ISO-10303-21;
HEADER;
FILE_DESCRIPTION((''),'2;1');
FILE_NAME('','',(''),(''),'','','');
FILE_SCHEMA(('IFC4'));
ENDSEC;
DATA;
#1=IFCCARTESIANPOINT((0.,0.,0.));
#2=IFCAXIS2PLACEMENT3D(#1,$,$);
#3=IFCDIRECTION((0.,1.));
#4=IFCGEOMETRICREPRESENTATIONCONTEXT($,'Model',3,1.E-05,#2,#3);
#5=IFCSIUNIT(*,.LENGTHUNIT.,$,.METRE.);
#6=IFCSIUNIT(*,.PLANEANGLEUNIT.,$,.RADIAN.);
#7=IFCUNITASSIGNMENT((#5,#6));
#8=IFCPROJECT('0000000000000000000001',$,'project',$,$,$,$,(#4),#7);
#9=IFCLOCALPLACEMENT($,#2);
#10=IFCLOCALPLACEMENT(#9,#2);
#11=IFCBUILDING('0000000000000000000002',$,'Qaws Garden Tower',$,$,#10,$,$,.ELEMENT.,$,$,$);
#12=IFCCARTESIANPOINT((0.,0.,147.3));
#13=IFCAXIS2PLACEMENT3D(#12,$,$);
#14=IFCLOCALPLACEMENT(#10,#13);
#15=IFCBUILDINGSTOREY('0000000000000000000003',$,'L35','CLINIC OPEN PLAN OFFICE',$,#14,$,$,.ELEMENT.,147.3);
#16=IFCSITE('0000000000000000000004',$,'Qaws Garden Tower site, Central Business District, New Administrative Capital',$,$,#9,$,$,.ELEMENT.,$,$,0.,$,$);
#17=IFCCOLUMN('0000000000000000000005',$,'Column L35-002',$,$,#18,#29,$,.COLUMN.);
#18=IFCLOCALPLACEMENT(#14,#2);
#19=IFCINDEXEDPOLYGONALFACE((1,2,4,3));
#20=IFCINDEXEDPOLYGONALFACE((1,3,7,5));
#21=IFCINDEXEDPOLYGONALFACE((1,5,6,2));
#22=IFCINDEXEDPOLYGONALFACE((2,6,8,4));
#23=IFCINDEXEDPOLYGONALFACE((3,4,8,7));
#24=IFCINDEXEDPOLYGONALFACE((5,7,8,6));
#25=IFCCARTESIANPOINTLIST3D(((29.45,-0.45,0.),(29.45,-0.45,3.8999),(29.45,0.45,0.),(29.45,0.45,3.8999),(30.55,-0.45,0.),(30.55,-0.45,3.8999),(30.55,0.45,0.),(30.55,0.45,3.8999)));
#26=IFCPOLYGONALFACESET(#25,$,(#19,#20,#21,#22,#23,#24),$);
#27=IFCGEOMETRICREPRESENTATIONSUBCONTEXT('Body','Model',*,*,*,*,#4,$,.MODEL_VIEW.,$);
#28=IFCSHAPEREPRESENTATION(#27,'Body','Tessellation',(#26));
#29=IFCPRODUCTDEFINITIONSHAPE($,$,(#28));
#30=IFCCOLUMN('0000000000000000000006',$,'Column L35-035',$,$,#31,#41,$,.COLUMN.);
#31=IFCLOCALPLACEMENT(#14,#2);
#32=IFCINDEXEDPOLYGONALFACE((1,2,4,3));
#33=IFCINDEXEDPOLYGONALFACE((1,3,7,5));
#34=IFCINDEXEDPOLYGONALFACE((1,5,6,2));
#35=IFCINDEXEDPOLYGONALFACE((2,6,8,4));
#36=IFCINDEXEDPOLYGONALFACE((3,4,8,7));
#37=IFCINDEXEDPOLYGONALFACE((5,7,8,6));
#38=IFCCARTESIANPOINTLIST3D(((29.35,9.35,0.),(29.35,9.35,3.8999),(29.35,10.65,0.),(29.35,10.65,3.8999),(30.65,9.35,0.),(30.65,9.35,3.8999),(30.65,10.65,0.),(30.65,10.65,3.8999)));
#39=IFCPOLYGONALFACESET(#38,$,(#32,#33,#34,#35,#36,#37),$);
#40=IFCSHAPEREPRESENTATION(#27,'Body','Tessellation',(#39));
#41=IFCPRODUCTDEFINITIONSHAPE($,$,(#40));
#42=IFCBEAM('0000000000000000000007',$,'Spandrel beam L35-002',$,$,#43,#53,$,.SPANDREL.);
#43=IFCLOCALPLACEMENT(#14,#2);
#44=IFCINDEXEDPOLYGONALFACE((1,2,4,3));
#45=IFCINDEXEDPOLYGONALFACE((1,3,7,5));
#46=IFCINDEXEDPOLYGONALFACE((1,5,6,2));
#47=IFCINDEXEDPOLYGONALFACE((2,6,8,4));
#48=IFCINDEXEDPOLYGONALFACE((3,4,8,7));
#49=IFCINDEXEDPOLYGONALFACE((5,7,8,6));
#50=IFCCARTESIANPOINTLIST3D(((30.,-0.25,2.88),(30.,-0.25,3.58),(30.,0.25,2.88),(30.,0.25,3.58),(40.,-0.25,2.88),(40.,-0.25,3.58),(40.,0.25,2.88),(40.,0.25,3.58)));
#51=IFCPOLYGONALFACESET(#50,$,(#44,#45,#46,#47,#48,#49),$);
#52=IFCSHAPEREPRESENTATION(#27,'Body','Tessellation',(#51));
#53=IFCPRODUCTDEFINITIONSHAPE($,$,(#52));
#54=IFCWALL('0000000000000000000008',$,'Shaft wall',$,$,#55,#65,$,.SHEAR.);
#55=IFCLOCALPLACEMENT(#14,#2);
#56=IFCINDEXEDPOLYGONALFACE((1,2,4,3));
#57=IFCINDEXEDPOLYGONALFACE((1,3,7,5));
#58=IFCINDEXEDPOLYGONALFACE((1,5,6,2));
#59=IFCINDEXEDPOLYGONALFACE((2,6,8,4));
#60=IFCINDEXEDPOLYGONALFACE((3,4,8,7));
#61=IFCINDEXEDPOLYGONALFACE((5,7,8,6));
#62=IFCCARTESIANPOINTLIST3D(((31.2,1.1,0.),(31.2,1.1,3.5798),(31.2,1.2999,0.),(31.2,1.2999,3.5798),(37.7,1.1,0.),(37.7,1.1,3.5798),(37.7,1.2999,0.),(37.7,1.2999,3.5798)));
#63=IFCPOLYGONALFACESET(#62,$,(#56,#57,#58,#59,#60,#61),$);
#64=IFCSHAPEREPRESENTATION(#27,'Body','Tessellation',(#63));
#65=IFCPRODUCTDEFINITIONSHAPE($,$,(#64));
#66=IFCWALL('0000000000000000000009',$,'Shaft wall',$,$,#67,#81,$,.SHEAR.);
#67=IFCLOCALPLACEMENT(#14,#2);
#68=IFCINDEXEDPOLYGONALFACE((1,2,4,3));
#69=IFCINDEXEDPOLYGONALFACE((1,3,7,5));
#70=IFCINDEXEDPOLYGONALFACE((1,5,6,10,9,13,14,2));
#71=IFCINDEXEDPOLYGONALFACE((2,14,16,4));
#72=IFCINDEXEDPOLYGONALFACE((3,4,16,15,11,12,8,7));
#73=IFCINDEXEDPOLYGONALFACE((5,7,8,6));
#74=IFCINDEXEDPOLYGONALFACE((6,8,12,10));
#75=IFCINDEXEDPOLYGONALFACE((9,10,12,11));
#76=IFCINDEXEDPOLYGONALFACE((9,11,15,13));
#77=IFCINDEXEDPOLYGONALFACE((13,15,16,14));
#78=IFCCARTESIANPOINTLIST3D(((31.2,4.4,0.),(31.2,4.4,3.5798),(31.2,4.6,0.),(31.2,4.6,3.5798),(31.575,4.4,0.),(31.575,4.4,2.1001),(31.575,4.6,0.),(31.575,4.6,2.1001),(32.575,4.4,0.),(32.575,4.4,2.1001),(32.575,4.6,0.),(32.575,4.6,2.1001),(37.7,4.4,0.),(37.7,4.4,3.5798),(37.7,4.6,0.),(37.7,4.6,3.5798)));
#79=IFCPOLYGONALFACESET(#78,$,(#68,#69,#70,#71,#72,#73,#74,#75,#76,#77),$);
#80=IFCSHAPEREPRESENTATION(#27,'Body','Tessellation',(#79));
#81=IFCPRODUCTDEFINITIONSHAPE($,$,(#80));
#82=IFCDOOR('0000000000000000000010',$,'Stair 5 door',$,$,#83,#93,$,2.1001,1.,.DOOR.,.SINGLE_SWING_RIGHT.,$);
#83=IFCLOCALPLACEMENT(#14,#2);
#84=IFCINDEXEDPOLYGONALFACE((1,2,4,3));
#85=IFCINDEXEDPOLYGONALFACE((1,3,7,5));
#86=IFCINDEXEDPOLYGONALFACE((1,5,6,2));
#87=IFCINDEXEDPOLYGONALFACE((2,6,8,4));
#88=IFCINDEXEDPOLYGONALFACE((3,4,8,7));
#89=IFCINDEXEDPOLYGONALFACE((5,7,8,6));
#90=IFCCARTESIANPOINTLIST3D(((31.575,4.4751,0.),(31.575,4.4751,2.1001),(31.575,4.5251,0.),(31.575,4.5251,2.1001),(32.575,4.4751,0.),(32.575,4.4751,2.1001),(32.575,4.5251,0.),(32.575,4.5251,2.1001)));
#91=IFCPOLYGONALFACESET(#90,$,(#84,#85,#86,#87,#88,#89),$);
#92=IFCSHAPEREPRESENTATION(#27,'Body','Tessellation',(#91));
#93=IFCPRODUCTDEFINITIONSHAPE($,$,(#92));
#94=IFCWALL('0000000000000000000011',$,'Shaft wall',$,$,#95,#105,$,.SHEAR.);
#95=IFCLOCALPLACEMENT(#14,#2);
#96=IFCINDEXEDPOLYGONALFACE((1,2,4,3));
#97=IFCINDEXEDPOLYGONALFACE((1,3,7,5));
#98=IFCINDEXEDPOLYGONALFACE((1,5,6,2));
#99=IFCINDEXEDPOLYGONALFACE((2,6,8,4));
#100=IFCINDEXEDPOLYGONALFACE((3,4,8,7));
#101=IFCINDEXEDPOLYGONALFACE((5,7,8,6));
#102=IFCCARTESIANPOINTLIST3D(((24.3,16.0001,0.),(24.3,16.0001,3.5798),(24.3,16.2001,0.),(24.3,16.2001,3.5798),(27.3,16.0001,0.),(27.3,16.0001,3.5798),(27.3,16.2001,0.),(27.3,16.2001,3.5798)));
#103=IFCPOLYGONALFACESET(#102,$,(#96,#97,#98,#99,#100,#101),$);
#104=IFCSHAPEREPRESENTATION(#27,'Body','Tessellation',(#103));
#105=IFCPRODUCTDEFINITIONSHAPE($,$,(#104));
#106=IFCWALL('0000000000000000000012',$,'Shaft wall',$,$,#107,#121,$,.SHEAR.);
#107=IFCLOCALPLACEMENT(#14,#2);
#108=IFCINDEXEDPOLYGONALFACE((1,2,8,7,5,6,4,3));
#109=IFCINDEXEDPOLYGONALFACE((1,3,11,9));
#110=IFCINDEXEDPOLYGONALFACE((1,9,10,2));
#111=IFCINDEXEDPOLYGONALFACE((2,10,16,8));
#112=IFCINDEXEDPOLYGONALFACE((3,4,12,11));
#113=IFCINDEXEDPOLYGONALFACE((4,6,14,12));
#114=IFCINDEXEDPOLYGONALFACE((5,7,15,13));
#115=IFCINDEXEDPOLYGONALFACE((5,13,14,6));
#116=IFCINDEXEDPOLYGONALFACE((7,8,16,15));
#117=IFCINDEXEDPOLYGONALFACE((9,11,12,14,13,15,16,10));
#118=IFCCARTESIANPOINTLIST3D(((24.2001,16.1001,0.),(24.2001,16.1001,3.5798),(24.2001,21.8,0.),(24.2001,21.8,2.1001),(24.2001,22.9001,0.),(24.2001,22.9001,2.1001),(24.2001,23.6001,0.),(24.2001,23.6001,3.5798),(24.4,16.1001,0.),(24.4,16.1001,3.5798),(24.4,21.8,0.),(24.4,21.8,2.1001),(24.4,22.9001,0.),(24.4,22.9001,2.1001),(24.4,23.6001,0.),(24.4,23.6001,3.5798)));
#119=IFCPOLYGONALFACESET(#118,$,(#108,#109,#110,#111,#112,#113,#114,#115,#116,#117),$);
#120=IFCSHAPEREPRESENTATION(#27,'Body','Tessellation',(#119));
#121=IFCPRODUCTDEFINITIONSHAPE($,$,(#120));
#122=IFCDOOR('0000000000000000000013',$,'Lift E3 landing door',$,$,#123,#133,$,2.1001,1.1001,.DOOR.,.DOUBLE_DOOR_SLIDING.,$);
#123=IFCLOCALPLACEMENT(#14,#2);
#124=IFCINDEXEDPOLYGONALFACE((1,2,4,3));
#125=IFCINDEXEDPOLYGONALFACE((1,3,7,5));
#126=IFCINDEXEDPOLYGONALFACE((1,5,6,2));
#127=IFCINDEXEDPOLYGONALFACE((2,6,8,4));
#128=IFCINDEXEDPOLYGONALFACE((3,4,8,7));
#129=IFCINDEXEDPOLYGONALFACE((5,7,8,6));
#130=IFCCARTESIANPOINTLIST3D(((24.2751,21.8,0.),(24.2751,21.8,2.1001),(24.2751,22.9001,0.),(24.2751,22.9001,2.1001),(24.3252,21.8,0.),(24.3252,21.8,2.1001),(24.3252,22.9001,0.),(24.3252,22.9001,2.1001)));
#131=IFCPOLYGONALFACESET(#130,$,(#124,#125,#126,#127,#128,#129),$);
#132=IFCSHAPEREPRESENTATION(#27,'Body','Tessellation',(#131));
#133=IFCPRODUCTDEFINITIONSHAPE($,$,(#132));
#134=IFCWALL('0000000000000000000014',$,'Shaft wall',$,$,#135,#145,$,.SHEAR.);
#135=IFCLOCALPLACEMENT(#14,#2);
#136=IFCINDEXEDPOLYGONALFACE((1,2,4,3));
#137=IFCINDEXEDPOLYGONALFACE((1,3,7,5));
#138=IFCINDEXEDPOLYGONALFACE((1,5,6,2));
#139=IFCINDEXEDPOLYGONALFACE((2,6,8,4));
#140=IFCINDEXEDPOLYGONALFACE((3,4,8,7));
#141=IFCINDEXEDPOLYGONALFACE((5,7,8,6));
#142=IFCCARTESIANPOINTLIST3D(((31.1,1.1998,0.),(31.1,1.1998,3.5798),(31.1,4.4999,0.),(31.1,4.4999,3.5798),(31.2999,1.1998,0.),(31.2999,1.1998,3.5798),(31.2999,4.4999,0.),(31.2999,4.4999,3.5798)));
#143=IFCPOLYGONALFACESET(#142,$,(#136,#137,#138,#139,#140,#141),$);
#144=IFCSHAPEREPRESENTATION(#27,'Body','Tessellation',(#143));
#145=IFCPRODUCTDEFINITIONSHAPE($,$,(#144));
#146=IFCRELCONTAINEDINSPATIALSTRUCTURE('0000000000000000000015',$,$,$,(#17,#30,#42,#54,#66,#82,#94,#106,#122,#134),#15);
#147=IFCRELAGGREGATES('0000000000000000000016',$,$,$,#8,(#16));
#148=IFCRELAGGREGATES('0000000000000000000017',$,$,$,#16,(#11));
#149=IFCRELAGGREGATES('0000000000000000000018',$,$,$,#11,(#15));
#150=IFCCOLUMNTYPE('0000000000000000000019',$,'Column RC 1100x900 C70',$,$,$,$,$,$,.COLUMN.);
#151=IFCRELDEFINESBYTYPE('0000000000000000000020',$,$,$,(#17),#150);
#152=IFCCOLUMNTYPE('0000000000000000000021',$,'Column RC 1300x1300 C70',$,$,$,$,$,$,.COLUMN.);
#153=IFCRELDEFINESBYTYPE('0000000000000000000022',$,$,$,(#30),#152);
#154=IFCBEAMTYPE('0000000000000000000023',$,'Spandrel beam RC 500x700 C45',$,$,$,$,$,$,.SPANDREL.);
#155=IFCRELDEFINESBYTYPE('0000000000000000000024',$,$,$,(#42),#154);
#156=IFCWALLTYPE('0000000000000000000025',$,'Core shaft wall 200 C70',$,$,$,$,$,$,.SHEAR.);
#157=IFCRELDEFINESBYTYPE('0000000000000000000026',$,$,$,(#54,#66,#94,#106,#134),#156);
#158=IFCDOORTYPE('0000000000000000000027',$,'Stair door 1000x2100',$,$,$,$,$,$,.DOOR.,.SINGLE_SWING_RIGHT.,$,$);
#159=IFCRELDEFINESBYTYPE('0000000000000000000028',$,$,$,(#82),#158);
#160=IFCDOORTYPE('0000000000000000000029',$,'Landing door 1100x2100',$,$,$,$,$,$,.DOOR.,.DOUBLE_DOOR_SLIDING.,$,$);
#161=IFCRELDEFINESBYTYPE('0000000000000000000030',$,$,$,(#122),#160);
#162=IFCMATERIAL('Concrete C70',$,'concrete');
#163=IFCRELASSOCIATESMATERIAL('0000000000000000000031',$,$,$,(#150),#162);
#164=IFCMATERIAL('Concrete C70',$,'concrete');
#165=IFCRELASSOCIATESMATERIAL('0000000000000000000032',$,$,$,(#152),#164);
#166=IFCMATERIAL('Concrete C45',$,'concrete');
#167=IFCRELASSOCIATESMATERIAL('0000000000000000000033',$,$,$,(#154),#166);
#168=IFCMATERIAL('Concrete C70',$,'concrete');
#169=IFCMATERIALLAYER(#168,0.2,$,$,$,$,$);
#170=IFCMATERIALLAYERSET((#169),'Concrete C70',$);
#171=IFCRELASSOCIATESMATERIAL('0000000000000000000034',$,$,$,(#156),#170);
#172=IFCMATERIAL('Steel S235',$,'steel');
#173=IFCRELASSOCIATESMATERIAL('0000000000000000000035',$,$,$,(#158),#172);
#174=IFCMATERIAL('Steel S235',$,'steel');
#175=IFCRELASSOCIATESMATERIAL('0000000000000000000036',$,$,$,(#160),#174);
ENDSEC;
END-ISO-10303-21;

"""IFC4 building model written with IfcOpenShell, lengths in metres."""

from ifc_helpers import new_model, si_unit, direction, frame, frame_2d, origin, origin_2d, place, context, subcontext, project, spatial, rectangle, extrude, material, layer, layer_set, material_profile, profile_set, type_object, element, fill, save


model = new_model("IFC4")

# Units and contexts
model_context = context("Model", 3, precision=1e-05, world=origin(), true_north=direction((0.0, 1.0)))
body_context = subcontext(model_context, "Body", "Model", "MODEL_VIEW")
ifc_project = project(units=[si_unit("LENGTHUNIT", "METRE"), si_unit("PLANEANGLEUNIT", "RADIAN")], contexts=[model_context])

# Site, building, storey
site_placement = place(None, origin())
site = spatial("IfcSite", under=ifc_project, at=site_placement, Name="Qaws Garden Tower site, Central Business District, New Administrative Capital", CompositionType="ELEMENT", RefElevation=0.0)
building_placement = place(site_placement, origin())
building = spatial("IfcBuilding", under=site, at=building_placement, Name="Qaws Garden Tower", CompositionType="ELEMENT")
storey_placement = place(building_placement, frame((0.0, 0.0, 147.3)))
storey = spatial("IfcBuildingStorey", under=building, at=storey_placement, Name="L35", Description="CLINIC OPEN PLAN OFFICE", CompositionType="ELEMENT", Elevation=147.3)

# Columns
ifc_material_1 = material(Name="Concrete C70", Category="concrete")
ifc_material_profile_1 = material_profile(ifc_material_1, rectangle(XDim=1.1001, YDim=0.8999, at=origin_2d()), Name="RC 1100x900")
ifc_profile_set_1 = profile_set([ifc_material_profile_1], Name="Concrete C70")
column_type_1 = type_object("IfcColumnType", Name="Column RC 1100x900 C70", PredefinedType="COLUMN", material=ifc_profile_set_1)
column_1_placement = place(storey_placement, frame((30.0, 0.0, 0.0), z_axis=(0.0, 0.0, 1.0), x_axis=(1.0, 0.0, 0.0)))
element("IfcColumn", 1, at=column_1_placement, inside=storey, type_object=column_type_1, Name="Column L35-002", PredefinedType="COLUMN", context=body_context, shape_type="SweptSolid", body=[
    extrude(rectangle(XDim=1.1001, YDim=0.8999, at=origin_2d()), origin(), (0.0, 0.0, 1.0), 3.8999),
])
ifc_material_2 = material(Name="Concrete C70", Category="concrete")
ifc_material_profile_2 = material_profile(ifc_material_2, rectangle(XDim=1.3, YDim=1.3, at=origin_2d()), Name="RC 1300x1300")
ifc_profile_set_2 = profile_set([ifc_material_profile_2], Name="Concrete C70")
column_type_2 = type_object("IfcColumnType", Name="Column RC 1300x1300 C70", PredefinedType="COLUMN", material=ifc_profile_set_2)
column_2_placement = place(storey_placement, frame((30.0, 10.0, 0.0), z_axis=(0.0, 0.0, 1.0), x_axis=(1.0, 0.0, 0.0)))
element("IfcColumn", 2, at=column_2_placement, inside=storey, type_object=column_type_2, Name="Column L35-035", PredefinedType="COLUMN", context=body_context, shape_type="SweptSolid", body=[
    extrude(rectangle(XDim=1.3, YDim=1.3, at=origin_2d()), origin(), (0.0, 0.0, 1.0), 3.8999),
])

# Beam
ifc_material_3 = material(Name="Concrete C45", Category="concrete")
ifc_material_profile_3 = material_profile(ifc_material_3, rectangle(XDim=0.5, YDim=0.7, at=origin_2d()), Name="RC 500x700")
ifc_profile_set_3 = profile_set([ifc_material_profile_3], Name="Concrete C45")
beam_type = type_object("IfcBeamType", Name="Spandrel beam RC 500x700 C45", PredefinedType="SPANDREL", material=ifc_profile_set_3)
beam_placement = place(storey_placement, frame((30.0, 0.0, 3.23), z_axis=(1.0, 0.0, 0.0), x_axis=(0.0, 1.0, 0.0)))
element("IfcBeam", 3, at=beam_placement, inside=storey, type_object=beam_type, Name="Spandrel beam L35-002", PredefinedType="SPANDREL", context=body_context, shape_type="SweptSolid", body=[
    extrude(rectangle(XDim=0.5, YDim=0.7, at=origin_2d()), origin(), (0.0, 0.0, 1.0), 10.0),
])

# Wall
ifc_material_4 = material(Name="Concrete C70", Category="concrete")
ifc_layer_1 = layer(ifc_material_4, 0.2)
ifc_layer_set_1 = layer_set([ifc_layer_1], Name="Concrete C70")
wall_type_1 = type_object("IfcWallType", Name="Core shaft wall 200 C70", PredefinedType="SHEAR", material=ifc_layer_set_1)
wall_1_placement = place(storey_placement, frame((31.2, 1.2, 0.0), z_axis=(0.0, 0.0, 1.0), x_axis=(1.0, 0.0, 0.0)))
element("IfcWall", 4, at=wall_1_placement, inside=storey, type_object=wall_type_1, Name="Shaft wall", PredefinedType="SHEAR", context=body_context, shape_type="SweptSolid", body=[
    extrude(rectangle(XDim=6.5, YDim=0.2, at=frame_2d((3.25, 0.0))), origin(), (0.0, 0.0, 1.0), 3.5798),
])

# Wall, opening, door
wall_2_placement = place(storey_placement, frame((31.2, 4.5, 0.0), z_axis=(0.0, 0.0, 1.0), x_axis=(1.0, 0.0, 0.0)))
wall_2 = element("IfcWall", 5, at=wall_2_placement, inside=storey, type_object=wall_type_1, Name="Shaft wall", PredefinedType="SHEAR", context=body_context, shape_type="SweptSolid", body=[
    extrude(rectangle(XDim=6.5, YDim=0.2, at=frame_2d((3.25, 0.0))), origin(), (0.0, 0.0, 1.0), 3.5798),
])
opening_1_placement = place(wall_2_placement, frame((0.375, 0.0, 0.0)))
opening_1 = element("IfcOpeningElement", 6, at=opening_1_placement, cuts=wall_2, PredefinedType="OPENING", context=body_context, shape_type="SweptSolid", body=[
    extrude(rectangle(XDim=1.0, YDim=2.1001, at=frame_2d((0.5, 1.05))), frame((0.0, 0.1099, 0.0), z_axis=(0.0, -1.0, 0.0), x_axis=(1.0, 0.0, 0.0)), (0.0, 0.0, 1.0), 0.22),
])
ifc_material_5 = material(Name="Steel S235", Category="steel")
door_type_1 = type_object("IfcDoorType", Name="Stair door 1000x2100", OperationType="SINGLE_SWING_RIGHT", PredefinedType="DOOR", material=ifc_material_5)
door_1_placement = place(opening_1_placement, frame((1.0, 0.0, 0.0), z_axis=(0.0, 0.0, 1.0), x_axis=(-1.0, 0.0, 0.0)))
door_1 = element("IfcDoor", 7, at=door_1_placement, inside=storey, type_object=door_type_1, Name="Stair 5 door", OperationType="SINGLE_SWING_RIGHT", OverallHeight=2.1001, OverallWidth=1.0, PredefinedType="DOOR", context=body_context, shape_type="SweptSolid", body=[
    extrude(rectangle(XDim=1.0, YDim=2.1001, at=frame_2d((0.5, 1.05))), frame((0.0, 0.0249, 0.0), z_axis=(0.0, -1.0, 0.0), x_axis=(1.0, 0.0, 0.0)), (0.0, 0.0, 1.0), 0.05),
])
fill(opening_1, door_1)

# Wall
wall_3_placement = place(storey_placement, frame((24.3, 16.1001, 0.0), z_axis=(0.0, 0.0, 1.0), x_axis=(1.0, 0.0, 0.0)))
element("IfcWall", 8, at=wall_3_placement, inside=storey, type_object=wall_type_1, Name="Shaft wall", PredefinedType="SHEAR", context=body_context, shape_type="SweptSolid", body=[
    extrude(rectangle(XDim=3.0, YDim=0.2, at=frame_2d((1.5, 0.0))), origin(), (0.0, 0.0, 1.0), 3.5798),
])

# Wall, opening, door
wall_4_placement = place(storey_placement, frame((24.3, 16.1001, 0.0), z_axis=(0.0, 0.0, 1.0), x_axis=(0.0, 1.0, 0.0)))
wall_4 = element("IfcWall", 9, at=wall_4_placement, inside=storey, type_object=wall_type_1, Name="Shaft wall", PredefinedType="SHEAR", context=body_context, shape_type="SweptSolid", body=[
    extrude(rectangle(XDim=7.5, YDim=0.2, at=frame_2d((3.75, 0.0))), origin(), (0.0, 0.0, 1.0), 3.5798),
])
opening_2_placement = place(wall_4_placement, frame((5.7, 0.0, 0.0)))
opening_2 = element("IfcOpeningElement", 10, at=opening_2_placement, cuts=wall_4, PredefinedType="OPENING", context=body_context, shape_type="SweptSolid", body=[
    extrude(rectangle(XDim=1.1001, YDim=2.1001, at=frame_2d((0.55, 1.05))), frame((0.0, 0.1099, 0.0), z_axis=(0.0, -1.0, 0.0), x_axis=(1.0, 0.0, 0.0)), (0.0, 0.0, 1.0), 0.22),
])
ifc_material_6 = material(Name="Steel S235", Category="steel")
door_type_2 = type_object("IfcDoorType", Name="Landing door 1100x2100", OperationType="DOUBLE_DOOR_SLIDING", PredefinedType="DOOR", material=ifc_material_6)
door_2_placement = place(opening_2_placement, origin())
door_2 = element("IfcDoor", 11, at=door_2_placement, inside=storey, type_object=door_type_2, Name="Lift E3 landing door", OperationType="DOUBLE_DOOR_SLIDING", OverallHeight=2.1001, OverallWidth=1.1001, PredefinedType="DOOR", context=body_context, shape_type="SweptSolid", body=[
    extrude(rectangle(XDim=1.1001, YDim=2.1001, at=frame_2d((0.55, 1.05))), frame((0.0, 0.0249, 0.0), z_axis=(0.0, -1.0, 0.0), x_axis=(1.0, 0.0, 0.0)), (0.0, 0.0, 1.0), 0.05),
])
fill(opening_2, door_2)

# Wall
wall_5_placement = place(storey_placement, frame((31.2, 1.2, 0.0), z_axis=(0.0, 0.0, 1.0), x_axis=(0.0, 1.0, 0.0)))
element("IfcWall", 12, at=wall_5_placement, inside=storey, type_object=wall_type_1, Name="Shaft wall", PredefinedType="SHEAR", context=body_context, shape_type="SweptSolid", body=[
    extrude(rectangle(XDim=3.3, YDim=0.2, at=frame_2d((1.6499, 0.0))), origin(), (0.0, 0.0, 1.0), 3.5798),
])

save(model, "model.ifc")
